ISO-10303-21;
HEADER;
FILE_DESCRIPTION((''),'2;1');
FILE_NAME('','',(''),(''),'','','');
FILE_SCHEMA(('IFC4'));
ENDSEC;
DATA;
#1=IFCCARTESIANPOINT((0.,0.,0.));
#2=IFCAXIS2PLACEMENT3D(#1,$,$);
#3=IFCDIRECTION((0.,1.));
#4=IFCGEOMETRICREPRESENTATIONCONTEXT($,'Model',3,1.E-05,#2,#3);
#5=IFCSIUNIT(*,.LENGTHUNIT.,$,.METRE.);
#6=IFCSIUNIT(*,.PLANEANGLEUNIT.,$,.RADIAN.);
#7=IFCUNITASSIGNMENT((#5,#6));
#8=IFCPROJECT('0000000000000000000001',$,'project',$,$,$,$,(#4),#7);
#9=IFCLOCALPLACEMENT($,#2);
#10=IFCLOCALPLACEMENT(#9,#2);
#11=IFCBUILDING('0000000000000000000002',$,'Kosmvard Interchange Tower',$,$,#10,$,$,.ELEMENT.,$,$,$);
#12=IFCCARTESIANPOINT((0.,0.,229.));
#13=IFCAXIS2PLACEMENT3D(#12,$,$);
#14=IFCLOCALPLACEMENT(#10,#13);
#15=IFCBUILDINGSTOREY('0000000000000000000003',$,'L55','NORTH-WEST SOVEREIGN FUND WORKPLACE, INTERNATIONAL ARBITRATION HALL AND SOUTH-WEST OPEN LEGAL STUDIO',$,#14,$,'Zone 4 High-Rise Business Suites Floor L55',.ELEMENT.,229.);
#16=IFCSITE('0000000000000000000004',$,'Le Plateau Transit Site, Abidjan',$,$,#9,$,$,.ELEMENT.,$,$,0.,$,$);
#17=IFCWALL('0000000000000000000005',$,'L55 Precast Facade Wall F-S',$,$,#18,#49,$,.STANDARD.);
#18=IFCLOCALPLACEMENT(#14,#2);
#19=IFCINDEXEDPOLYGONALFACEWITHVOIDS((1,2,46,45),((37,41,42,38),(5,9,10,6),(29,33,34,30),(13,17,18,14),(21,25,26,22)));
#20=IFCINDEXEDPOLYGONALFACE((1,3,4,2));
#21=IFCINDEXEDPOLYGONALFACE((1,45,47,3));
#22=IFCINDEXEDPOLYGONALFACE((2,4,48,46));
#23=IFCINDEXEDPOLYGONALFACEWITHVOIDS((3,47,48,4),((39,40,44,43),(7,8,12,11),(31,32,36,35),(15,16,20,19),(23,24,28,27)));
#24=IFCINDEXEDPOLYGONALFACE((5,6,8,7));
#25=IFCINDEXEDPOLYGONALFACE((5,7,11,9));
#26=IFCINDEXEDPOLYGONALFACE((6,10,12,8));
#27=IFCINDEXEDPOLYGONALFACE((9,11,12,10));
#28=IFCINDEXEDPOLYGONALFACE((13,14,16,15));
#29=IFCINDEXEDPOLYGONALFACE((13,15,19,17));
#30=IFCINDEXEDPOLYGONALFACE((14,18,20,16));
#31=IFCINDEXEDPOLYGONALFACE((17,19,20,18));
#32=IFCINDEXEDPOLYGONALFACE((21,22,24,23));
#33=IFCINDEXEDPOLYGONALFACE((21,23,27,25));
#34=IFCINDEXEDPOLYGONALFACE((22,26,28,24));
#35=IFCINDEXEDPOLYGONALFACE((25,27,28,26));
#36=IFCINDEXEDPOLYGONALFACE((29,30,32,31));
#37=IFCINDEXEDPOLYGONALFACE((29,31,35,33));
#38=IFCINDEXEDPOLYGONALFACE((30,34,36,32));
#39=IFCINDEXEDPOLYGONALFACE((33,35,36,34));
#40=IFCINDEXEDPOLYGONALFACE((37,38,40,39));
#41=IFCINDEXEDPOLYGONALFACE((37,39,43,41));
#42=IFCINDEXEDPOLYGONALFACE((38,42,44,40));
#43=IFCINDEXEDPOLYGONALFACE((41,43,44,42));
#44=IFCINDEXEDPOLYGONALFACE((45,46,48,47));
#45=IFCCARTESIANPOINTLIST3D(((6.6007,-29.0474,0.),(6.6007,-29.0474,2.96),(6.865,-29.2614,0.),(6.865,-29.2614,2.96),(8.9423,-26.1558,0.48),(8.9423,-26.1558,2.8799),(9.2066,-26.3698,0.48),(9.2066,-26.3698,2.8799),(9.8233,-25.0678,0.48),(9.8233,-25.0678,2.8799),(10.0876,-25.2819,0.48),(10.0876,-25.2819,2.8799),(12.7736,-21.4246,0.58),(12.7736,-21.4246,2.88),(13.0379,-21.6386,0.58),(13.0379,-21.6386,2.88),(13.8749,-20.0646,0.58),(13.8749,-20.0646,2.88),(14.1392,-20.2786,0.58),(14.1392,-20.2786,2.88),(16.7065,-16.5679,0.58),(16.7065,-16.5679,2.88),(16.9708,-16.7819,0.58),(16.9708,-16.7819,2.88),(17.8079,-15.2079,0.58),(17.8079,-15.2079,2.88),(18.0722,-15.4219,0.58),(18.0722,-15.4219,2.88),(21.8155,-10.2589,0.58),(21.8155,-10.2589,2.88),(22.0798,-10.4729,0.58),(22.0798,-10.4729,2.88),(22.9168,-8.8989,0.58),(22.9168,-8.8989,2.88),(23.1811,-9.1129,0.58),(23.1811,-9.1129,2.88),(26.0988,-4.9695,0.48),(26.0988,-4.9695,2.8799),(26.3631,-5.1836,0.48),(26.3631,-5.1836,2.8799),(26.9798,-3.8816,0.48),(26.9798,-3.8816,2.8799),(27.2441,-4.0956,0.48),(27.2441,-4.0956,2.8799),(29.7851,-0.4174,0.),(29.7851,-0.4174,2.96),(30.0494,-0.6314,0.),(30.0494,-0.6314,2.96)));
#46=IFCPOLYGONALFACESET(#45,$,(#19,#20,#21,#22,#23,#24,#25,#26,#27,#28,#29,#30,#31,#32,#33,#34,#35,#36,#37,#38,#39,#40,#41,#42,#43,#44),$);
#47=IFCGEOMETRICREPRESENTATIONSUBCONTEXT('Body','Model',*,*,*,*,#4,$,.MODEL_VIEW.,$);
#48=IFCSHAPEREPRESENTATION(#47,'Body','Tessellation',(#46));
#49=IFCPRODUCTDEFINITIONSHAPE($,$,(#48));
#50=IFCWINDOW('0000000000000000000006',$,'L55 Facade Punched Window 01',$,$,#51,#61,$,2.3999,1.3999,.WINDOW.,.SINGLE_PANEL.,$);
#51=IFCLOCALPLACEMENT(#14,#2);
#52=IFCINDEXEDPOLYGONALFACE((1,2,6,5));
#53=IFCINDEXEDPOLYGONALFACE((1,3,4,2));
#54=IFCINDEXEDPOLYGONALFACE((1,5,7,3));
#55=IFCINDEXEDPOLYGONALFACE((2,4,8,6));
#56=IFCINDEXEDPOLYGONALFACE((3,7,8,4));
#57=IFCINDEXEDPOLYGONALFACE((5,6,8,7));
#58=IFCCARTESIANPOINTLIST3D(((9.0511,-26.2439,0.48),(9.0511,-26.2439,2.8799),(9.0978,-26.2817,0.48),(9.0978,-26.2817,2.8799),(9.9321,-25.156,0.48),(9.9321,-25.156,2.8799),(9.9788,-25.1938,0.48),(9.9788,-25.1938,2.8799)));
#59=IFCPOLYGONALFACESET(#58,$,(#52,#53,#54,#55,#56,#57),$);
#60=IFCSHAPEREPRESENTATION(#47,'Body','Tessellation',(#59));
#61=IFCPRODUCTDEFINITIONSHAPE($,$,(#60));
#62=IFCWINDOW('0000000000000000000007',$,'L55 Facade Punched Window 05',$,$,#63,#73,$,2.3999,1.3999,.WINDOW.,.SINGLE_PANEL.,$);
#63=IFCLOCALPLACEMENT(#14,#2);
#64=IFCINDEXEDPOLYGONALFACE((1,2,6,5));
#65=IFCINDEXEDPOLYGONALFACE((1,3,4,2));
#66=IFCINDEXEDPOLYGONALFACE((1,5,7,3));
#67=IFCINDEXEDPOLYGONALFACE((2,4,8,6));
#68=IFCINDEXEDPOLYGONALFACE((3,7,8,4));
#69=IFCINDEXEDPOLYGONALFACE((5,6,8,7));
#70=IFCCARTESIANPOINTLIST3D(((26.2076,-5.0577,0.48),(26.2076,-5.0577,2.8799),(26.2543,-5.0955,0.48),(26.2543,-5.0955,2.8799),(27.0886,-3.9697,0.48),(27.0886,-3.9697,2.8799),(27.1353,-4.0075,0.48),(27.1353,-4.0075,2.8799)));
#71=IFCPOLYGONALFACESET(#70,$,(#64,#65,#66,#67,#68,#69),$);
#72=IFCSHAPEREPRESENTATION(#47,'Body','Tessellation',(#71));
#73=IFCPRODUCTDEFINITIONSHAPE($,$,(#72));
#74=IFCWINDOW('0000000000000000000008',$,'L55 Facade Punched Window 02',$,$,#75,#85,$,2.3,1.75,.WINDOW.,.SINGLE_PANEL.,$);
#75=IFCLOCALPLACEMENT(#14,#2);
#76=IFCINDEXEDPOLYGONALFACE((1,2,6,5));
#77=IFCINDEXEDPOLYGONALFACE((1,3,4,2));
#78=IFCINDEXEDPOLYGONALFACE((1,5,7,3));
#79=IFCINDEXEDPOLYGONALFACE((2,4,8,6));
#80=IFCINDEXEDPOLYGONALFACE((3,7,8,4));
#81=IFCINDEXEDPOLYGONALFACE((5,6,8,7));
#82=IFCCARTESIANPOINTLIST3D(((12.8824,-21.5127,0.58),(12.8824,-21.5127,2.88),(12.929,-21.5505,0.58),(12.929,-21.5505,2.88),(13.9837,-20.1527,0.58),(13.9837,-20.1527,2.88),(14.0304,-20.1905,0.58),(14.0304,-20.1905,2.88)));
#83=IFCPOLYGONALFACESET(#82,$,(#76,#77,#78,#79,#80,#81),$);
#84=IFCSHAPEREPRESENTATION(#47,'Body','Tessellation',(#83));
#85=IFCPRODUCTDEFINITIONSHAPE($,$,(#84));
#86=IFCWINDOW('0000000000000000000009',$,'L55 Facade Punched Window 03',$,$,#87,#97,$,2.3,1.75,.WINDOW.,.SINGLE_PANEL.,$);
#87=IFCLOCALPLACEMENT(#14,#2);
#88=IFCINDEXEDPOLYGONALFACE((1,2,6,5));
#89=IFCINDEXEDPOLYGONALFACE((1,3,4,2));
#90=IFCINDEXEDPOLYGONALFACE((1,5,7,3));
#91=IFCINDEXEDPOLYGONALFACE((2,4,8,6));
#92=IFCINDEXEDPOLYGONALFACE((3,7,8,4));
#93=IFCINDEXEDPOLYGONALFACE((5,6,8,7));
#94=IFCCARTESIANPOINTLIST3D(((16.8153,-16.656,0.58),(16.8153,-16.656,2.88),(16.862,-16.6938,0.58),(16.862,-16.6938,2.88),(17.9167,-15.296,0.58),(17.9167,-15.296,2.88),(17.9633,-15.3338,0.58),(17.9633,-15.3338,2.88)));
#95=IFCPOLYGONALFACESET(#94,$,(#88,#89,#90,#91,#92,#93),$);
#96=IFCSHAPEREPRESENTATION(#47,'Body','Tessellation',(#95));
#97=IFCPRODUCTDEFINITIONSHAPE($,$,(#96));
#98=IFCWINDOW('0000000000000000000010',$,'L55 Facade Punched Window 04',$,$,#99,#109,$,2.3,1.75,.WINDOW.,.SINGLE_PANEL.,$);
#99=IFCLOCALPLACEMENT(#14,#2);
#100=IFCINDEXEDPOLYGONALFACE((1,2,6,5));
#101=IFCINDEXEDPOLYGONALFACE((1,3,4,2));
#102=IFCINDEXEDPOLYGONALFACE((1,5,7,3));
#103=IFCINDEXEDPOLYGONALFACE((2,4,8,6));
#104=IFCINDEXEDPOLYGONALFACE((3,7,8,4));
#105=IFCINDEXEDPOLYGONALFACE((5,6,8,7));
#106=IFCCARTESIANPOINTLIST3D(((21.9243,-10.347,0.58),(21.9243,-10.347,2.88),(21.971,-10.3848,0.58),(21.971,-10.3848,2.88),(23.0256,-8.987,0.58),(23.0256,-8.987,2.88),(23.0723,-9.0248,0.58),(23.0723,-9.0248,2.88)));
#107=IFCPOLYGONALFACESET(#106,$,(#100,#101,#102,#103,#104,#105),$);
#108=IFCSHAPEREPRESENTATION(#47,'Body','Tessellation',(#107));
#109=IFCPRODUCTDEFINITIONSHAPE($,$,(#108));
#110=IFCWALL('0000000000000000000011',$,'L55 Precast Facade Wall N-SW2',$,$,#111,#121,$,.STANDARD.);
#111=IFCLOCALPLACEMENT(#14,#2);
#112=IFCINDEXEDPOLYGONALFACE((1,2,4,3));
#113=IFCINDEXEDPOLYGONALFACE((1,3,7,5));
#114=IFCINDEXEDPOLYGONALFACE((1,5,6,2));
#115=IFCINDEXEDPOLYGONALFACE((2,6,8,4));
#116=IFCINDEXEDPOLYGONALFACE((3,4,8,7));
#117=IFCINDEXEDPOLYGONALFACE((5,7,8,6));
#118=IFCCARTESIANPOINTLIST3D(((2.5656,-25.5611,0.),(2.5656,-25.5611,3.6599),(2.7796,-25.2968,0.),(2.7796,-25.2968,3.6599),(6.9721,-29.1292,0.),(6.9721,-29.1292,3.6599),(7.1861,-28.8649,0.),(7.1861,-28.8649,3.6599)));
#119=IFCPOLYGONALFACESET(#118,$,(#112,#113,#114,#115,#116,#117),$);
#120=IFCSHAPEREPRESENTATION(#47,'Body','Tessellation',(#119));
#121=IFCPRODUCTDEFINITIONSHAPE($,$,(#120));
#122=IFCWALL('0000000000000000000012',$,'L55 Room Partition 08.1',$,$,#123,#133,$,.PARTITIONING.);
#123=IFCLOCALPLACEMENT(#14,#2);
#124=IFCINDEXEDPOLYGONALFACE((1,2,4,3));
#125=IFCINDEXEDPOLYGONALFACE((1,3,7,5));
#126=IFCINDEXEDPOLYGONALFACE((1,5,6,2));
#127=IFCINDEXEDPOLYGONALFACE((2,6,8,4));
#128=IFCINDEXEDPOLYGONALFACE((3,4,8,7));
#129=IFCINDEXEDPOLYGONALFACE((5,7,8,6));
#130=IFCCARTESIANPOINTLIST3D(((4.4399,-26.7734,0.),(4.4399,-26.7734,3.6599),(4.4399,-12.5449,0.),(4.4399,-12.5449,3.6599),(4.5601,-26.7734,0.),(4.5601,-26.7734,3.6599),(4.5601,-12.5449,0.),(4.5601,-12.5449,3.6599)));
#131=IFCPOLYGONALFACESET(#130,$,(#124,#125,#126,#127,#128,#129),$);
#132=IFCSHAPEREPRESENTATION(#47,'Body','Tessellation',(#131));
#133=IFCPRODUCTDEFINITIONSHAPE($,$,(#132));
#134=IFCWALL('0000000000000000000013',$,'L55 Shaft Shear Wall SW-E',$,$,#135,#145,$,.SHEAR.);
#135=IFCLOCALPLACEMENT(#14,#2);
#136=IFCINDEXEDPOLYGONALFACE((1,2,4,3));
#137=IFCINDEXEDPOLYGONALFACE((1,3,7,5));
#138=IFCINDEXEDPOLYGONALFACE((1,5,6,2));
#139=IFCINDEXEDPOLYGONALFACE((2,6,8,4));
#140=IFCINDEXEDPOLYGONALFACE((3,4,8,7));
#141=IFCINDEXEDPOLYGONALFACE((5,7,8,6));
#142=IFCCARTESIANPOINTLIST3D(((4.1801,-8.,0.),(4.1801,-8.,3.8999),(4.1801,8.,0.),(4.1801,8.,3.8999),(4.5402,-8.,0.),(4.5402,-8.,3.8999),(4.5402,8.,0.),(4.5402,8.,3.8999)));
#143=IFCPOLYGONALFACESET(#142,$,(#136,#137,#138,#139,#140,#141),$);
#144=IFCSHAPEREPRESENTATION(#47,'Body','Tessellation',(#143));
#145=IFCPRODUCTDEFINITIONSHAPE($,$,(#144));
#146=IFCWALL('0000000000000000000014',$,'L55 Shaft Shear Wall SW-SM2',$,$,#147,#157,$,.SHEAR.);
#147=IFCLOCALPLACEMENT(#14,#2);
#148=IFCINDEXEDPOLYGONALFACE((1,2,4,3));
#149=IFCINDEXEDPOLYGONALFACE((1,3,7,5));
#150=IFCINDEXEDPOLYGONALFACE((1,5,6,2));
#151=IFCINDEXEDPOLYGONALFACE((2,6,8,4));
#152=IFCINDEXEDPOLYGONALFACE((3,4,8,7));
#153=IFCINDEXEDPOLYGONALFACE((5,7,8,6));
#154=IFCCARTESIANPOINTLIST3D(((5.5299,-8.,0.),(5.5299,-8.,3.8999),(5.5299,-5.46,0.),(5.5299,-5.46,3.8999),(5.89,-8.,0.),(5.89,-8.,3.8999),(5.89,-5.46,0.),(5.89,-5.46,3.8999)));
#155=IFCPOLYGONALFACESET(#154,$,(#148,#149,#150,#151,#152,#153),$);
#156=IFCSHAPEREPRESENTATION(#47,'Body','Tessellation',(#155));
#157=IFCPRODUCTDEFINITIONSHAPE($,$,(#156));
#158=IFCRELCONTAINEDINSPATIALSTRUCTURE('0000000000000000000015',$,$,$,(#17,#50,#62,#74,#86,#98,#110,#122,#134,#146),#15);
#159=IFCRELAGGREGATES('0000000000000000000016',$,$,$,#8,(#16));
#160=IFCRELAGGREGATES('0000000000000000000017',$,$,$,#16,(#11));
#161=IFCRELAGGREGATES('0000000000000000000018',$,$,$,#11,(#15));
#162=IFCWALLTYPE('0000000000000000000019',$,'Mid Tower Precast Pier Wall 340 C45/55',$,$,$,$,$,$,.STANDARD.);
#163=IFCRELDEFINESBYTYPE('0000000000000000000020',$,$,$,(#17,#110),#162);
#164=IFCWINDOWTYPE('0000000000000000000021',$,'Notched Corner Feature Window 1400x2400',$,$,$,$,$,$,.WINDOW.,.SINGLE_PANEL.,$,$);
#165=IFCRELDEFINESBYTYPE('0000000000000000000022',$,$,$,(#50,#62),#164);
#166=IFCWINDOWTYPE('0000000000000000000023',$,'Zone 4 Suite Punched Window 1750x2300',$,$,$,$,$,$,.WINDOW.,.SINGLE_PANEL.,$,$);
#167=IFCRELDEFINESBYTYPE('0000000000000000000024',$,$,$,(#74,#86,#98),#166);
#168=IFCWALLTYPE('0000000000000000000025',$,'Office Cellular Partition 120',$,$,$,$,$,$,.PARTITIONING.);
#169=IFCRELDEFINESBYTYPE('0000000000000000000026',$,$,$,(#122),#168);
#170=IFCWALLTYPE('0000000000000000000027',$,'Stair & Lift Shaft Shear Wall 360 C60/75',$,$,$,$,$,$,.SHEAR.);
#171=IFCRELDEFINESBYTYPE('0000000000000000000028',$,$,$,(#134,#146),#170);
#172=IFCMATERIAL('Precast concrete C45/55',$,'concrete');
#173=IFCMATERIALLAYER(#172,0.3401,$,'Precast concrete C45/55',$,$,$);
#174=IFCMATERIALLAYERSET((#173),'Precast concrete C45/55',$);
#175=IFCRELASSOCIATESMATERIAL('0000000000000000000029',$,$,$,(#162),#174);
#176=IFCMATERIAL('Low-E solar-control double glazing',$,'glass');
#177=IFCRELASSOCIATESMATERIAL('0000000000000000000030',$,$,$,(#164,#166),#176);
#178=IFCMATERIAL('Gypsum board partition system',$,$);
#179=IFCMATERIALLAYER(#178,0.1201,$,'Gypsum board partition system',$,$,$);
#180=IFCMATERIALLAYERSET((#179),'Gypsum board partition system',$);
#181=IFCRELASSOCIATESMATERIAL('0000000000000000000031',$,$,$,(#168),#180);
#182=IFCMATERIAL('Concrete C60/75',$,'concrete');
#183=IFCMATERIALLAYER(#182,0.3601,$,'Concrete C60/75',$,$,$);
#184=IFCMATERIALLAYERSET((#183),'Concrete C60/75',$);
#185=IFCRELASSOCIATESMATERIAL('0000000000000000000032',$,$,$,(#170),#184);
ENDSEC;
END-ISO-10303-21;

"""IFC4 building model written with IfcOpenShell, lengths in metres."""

from ifc_helpers import new_model, si_unit, direction, frame, frame_2d, origin, place, context, subcontext, project, spatial, rectangle, extrude, source, transform, mapped, material, layer, layer_set, type_object, element, fill, save


model = new_model("IFC4")

# Units and contexts
model_context = context("Model", 3, precision=1e-05, world=origin(), true_north=direction((0.0, 1.0)))
body_context = subcontext(model_context, "Body", "Model", "MODEL_VIEW")
ifc_project = project(units=[si_unit("LENGTHUNIT", "METRE"), si_unit("PLANEANGLEUNIT", "RADIAN")], contexts=[model_context])

# Site, building, storey
site_placement = place(None, origin())
site = spatial("IfcSite", under=ifc_project, at=site_placement, Name="Le Plateau Transit Site, Abidjan", CompositionType="ELEMENT", RefElevation=0.0)
building_placement = place(site_placement, origin())
building = spatial("IfcBuilding", under=site, at=building_placement, Name="Kosmvard Interchange Tower", CompositionType="ELEMENT")
storey_placement = place(building_placement, frame((0.0, 0.0, 229.0)))
storey = spatial("IfcBuildingStorey", under=building, at=storey_placement, Name="L55", Description="NORTH-WEST SOVEREIGN FUND WORKPLACE, INTERNATIONAL ARBITRATION HALL AND SOUTH-WEST OPEN LEGAL STUDIO", LongName="Zone 4 High-Rise Business Suites Floor L55", CompositionType="ELEMENT", Elevation=229.0)

# Shared definitions
ifc_material_1 = material(Name="Concrete C60/75", Category="concrete")

# Wall, openings, windows
ifc_material_2 = material(Name="Precast concrete C45/55", Category="concrete")
ifc_layer_1 = layer(ifc_material_2, 0.3401, Name="Precast concrete C45/55")
ifc_layer_set_1 = layer_set([ifc_layer_1], Name="Precast concrete C45/55")
wall_type_1 = type_object("IfcWallType", Name="Mid Tower Precast Pier Wall 340 C45/55", PredefinedType="STANDARD", material=ifc_layer_set_1)
wall_1_placement = place(storey_placement, frame((6.7329, -29.1543, 0.0), z_axis=(0.0, 0.0, 1.0), x_axis=(0.629325, 0.777142, 0.0)))
wall_1 = element("IfcWall", 1, at=wall_1_placement, inside=storey, type_object=wall_type_1, Name="L55 Precast Facade Wall F-S", PredefinedType="STANDARD", context=body_context, shape_type="SweptSolid", body=[
    extrude(rectangle(XDim=36.8401, YDim=0.3401, at=frame_2d((18.4199, 0.0))), origin(), (0.0, 0.0, 1.0), 2.96),
])
opening_1_placement = place(wall_1_placement, frame((3.7207, 0.0, 0.48)))
opening_1 = element("IfcOpeningElement", 2, at=opening_1_placement, cuts=wall_1, PredefinedType="OPENING", context=body_context, shape_type="SweptSolid", body=[
    extrude(rectangle(XDim=1.3999, YDim=2.3999, at=frame_2d((0.7, 1.2))), frame((0.0, 0.1802, 0.0), z_axis=(0.0, -1.0, 0.0), x_axis=(1.0, 0.0, 0.0)), (0.0, 0.0, 1.0), 0.3601),
])
opening_2_placement = place(wall_1_placement, frame((9.8086, 0.0, 0.5801)))
opening_2 = element("IfcOpeningElement", 3, at=opening_2_placement, cuts=wall_1, PredefinedType="OPENING", context=body_context, shape_type="SweptSolid", body=[
    extrude(rectangle(XDim=1.75, YDim=2.3, at=frame_2d((0.875, 1.1499))), frame((0.0, 0.1802, 0.0), z_axis=(0.0, -1.0, 0.0), x_axis=(1.0, 0.0, 0.0)), (0.0, 0.0, 1.0), 0.3601),
])
opening_3_placement = place(wall_1_placement, frame((16.0581, 0.0, 0.5801)))
opening_3 = element("IfcOpeningElement", 4, at=opening_3_placement, cuts=wall_1, PredefinedType="OPENING", context=body_context, shape_type="SweptSolid", body=[
    extrude(rectangle(XDim=1.75, YDim=2.3, at=frame_2d((0.875, 1.1499))), frame((0.0, 0.1802, 0.0), z_axis=(0.0, -1.0, 0.0), x_axis=(1.0, 0.0, 0.0)), (0.0, 0.0, 1.0), 0.3601),
])
opening_4_placement = place(wall_1_placement, frame((24.1763, 0.0, 0.5801)))
opening_4 = element("IfcOpeningElement", 5, at=opening_4_placement, cuts=wall_1, PredefinedType="OPENING", context=body_context, shape_type="SweptSolid", body=[
    extrude(rectangle(XDim=1.75, YDim=2.3, at=frame_2d((0.875, 1.1499))), frame((0.0, 0.1802, 0.0), z_axis=(0.0, -1.0, 0.0), x_axis=(1.0, 0.0, 0.0)), (0.0, 0.0, 1.0), 0.3601),
])
opening_5_placement = place(wall_1_placement, frame((30.9824, 0.0, 0.48)))
opening_5 = element("IfcOpeningElement", 6, at=opening_5_placement, cuts=wall_1, PredefinedType="OPENING", context=body_context, shape_type="SweptSolid", body=[
    extrude(rectangle(XDim=1.3999, YDim=2.3999, at=frame_2d((0.7, 1.2))), frame((0.0, 0.1802, 0.0), z_axis=(0.0, -1.0, 0.0), x_axis=(1.0, 0.0, 0.0)), (0.0, 0.0, 1.0), 0.3601),
])
ifc_material_3 = material(Name="Low-E solar-control double glazing", Category="glass")
window_type_1 = type_object("IfcWindowType", Name="Notched Corner Feature Window 1400x2400", PartitioningType="SINGLE_PANEL", PredefinedType="WINDOW", material=ifc_material_3)
shared_shape_1 = source(origin(), body_context, "Body", "SweptSolid", [
    extrude(rectangle(XDim=1.3999, YDim=2.3999, at=frame_2d((0.7, 1.2))), frame((0.0, 0.03, 0.0), z_axis=(0.0, -1.0, 0.0), x_axis=(1.0, 0.0, 0.0)), (0.0, 0.0, 1.0), 0.0601),
])
window_1_placement = place(opening_1_placement, origin())
window_1 = element("IfcWindow", 7, at=window_1_placement, inside=storey, type_object=window_type_1, Name="L55 Facade Punched Window 01", OverallHeight=2.3999, OverallWidth=1.3999, PartitioningType="SINGLE_PANEL", PredefinedType="WINDOW", context=body_context, shape_type="MappedRepresentation", body=[
    mapped(shared_shape_1, transform((0.0, 0.0, 0.0), scale=1.0)),
])
fill(opening_1, window_1)
window_2_placement = place(opening_5_placement, origin())
window_2 = element("IfcWindow", 8, at=window_2_placement, inside=storey, type_object=window_type_1, Name="L55 Facade Punched Window 05", OverallHeight=2.3999, OverallWidth=1.3999, PartitioningType="SINGLE_PANEL", PredefinedType="WINDOW", context=body_context, shape_type="MappedRepresentation", body=[
    mapped(shared_shape_1, transform((0.0, 0.0, 0.0), scale=1.0)),
])
fill(opening_5, window_2)
window_type_2 = type_object("IfcWindowType", Name="Zone 4 Suite Punched Window 1750x2300", PartitioningType="SINGLE_PANEL", PredefinedType="WINDOW", material=ifc_material_3)
shared_shape_2 = source(origin(), body_context, "Body", "SweptSolid", [
    extrude(rectangle(XDim=1.75, YDim=2.3, at=frame_2d((0.875, 1.1499))), frame((0.0, 0.03, 0.0), z_axis=(0.0, -1.0, 0.0), x_axis=(1.0, 0.0, 0.0)), (0.0, 0.0, 1.0), 0.0601),
])
window_3_placement = place(opening_2_placement, origin())
window_3 = element("IfcWindow", 9, at=window_3_placement, inside=storey, type_object=window_type_2, Name="L55 Facade Punched Window 02", OverallHeight=2.3, OverallWidth=1.75, PartitioningType="SINGLE_PANEL", PredefinedType="WINDOW", context=body_context, shape_type="MappedRepresentation", body=[
    mapped(shared_shape_2, transform((0.0, 0.0, 0.0), scale=1.0)),
])
fill(opening_2, window_3)
window_4_placement = place(opening_3_placement, origin())
window_4 = element("IfcWindow", 10, at=window_4_placement, inside=storey, type_object=window_type_2, Name="L55 Facade Punched Window 03", OverallHeight=2.3, OverallWidth=1.75, PartitioningType="SINGLE_PANEL", PredefinedType="WINDOW", context=body_context, shape_type="MappedRepresentation", body=[
    mapped(shared_shape_2, transform((0.0, 0.0, 0.0), scale=1.0)),
])
fill(opening_3, window_4)
window_5_placement = place(opening_4_placement, origin())
window_5 = element("IfcWindow", 11, at=window_5_placement, inside=storey, type_object=window_type_2, Name="L55 Facade Punched Window 04", OverallHeight=2.3, OverallWidth=1.75, PartitioningType="SINGLE_PANEL", PredefinedType="WINDOW", context=body_context, shape_type="MappedRepresentation", body=[
    mapped(shared_shape_2, transform((0.0, 0.0, 0.0), scale=1.0)),
])
fill(opening_4, window_5)

# Walls
wall_2_placement = place(storey_placement, frame((2.6726, -25.429, 0.0), z_axis=(0.0, 0.0, 1.0), x_axis=(0.777163, -0.6293, 0.0)))
element("IfcWall", 12, at=wall_2_placement, inside=storey, type_object=wall_type_1, Name="L55 Precast Facade Wall N-SW2", PredefinedType="STANDARD", context=body_context, shape_type="SweptSolid", body=[
    extrude(rectangle(XDim=5.6699, YDim=0.3401, at=frame_2d((2.835, 0.0))), origin(), (0.0, 0.0, 1.0), 3.6599),
])
ifc_material_4 = material(Name="Gypsum board partition system")
ifc_layer_2 = layer(ifc_material_4, 0.1201, Name="Gypsum board partition system")
ifc_layer_set_2 = layer_set([ifc_layer_2], Name="Gypsum board partition system")
wall_type_2 = type_object("IfcWallType", Name="Office Cellular Partition 120", PredefinedType="PARTITIONING", material=ifc_layer_set_2)
wall_3_placement = place(storey_placement, frame((4.5, -26.7734, 0.0), z_axis=(0.0, 0.0, 1.0), x_axis=(0.0, 1.0, 0.0)))
element("IfcWall", 13, at=wall_3_placement, inside=storey, type_object=wall_type_2, Name="L55 Room Partition 08.1", PredefinedType="PARTITIONING", context=body_context, shape_type="SweptSolid", body=[
    extrude(rectangle(XDim=14.2285, YDim=0.1201, at=frame_2d((7.1143, 0.0))), origin(), (0.0, 0.0, 1.0), 3.6599),
])
ifc_layer_3 = layer(ifc_material_1, 0.3601, Name="Concrete C60/75")
ifc_layer_set_3 = layer_set([ifc_layer_3], Name="Concrete C60/75")
wall_type_3 = type_object("IfcWallType", Name="Stair & Lift Shaft Shear Wall 360 C60/75", PredefinedType="SHEAR", material=ifc_layer_set_3)
wall_4_placement = place(storey_placement, frame((4.3601, -8.0, 0.0), z_axis=(0.0, 0.0, 1.0), x_axis=(0.0, 1.0, 0.0)))
element("IfcWall", 14, at=wall_4_placement, inside=storey, type_object=wall_type_3, Name="L55 Shaft Shear Wall SW-E", PredefinedType="SHEAR", context=body_context, shape_type="SweptSolid", body=[
    extrude(rectangle(XDim=16.0, YDim=0.3601, at=frame_2d((8.0, 0.0))), origin(), (0.0, 0.0, 1.0), 3.8999),
])
wall_5_placement = place(storey_placement, frame((5.71, -8.0, 0.0), z_axis=(0.0, 0.0, 1.0), x_axis=(0.0, 1.0, 0.0)))
element("IfcWall", 15, at=wall_5_placement, inside=storey, type_object=wall_type_3, Name="L55 Shaft Shear Wall SW-SM2", PredefinedType="SHEAR", context=body_context, shape_type="SweptSolid", body=[
    extrude(rectangle(XDim=2.54, YDim=0.3601, at=frame_2d((1.27, 0.0))), origin(), (0.0, 0.0, 1.0), 3.8999),
])

save(model, "model.ifc")
